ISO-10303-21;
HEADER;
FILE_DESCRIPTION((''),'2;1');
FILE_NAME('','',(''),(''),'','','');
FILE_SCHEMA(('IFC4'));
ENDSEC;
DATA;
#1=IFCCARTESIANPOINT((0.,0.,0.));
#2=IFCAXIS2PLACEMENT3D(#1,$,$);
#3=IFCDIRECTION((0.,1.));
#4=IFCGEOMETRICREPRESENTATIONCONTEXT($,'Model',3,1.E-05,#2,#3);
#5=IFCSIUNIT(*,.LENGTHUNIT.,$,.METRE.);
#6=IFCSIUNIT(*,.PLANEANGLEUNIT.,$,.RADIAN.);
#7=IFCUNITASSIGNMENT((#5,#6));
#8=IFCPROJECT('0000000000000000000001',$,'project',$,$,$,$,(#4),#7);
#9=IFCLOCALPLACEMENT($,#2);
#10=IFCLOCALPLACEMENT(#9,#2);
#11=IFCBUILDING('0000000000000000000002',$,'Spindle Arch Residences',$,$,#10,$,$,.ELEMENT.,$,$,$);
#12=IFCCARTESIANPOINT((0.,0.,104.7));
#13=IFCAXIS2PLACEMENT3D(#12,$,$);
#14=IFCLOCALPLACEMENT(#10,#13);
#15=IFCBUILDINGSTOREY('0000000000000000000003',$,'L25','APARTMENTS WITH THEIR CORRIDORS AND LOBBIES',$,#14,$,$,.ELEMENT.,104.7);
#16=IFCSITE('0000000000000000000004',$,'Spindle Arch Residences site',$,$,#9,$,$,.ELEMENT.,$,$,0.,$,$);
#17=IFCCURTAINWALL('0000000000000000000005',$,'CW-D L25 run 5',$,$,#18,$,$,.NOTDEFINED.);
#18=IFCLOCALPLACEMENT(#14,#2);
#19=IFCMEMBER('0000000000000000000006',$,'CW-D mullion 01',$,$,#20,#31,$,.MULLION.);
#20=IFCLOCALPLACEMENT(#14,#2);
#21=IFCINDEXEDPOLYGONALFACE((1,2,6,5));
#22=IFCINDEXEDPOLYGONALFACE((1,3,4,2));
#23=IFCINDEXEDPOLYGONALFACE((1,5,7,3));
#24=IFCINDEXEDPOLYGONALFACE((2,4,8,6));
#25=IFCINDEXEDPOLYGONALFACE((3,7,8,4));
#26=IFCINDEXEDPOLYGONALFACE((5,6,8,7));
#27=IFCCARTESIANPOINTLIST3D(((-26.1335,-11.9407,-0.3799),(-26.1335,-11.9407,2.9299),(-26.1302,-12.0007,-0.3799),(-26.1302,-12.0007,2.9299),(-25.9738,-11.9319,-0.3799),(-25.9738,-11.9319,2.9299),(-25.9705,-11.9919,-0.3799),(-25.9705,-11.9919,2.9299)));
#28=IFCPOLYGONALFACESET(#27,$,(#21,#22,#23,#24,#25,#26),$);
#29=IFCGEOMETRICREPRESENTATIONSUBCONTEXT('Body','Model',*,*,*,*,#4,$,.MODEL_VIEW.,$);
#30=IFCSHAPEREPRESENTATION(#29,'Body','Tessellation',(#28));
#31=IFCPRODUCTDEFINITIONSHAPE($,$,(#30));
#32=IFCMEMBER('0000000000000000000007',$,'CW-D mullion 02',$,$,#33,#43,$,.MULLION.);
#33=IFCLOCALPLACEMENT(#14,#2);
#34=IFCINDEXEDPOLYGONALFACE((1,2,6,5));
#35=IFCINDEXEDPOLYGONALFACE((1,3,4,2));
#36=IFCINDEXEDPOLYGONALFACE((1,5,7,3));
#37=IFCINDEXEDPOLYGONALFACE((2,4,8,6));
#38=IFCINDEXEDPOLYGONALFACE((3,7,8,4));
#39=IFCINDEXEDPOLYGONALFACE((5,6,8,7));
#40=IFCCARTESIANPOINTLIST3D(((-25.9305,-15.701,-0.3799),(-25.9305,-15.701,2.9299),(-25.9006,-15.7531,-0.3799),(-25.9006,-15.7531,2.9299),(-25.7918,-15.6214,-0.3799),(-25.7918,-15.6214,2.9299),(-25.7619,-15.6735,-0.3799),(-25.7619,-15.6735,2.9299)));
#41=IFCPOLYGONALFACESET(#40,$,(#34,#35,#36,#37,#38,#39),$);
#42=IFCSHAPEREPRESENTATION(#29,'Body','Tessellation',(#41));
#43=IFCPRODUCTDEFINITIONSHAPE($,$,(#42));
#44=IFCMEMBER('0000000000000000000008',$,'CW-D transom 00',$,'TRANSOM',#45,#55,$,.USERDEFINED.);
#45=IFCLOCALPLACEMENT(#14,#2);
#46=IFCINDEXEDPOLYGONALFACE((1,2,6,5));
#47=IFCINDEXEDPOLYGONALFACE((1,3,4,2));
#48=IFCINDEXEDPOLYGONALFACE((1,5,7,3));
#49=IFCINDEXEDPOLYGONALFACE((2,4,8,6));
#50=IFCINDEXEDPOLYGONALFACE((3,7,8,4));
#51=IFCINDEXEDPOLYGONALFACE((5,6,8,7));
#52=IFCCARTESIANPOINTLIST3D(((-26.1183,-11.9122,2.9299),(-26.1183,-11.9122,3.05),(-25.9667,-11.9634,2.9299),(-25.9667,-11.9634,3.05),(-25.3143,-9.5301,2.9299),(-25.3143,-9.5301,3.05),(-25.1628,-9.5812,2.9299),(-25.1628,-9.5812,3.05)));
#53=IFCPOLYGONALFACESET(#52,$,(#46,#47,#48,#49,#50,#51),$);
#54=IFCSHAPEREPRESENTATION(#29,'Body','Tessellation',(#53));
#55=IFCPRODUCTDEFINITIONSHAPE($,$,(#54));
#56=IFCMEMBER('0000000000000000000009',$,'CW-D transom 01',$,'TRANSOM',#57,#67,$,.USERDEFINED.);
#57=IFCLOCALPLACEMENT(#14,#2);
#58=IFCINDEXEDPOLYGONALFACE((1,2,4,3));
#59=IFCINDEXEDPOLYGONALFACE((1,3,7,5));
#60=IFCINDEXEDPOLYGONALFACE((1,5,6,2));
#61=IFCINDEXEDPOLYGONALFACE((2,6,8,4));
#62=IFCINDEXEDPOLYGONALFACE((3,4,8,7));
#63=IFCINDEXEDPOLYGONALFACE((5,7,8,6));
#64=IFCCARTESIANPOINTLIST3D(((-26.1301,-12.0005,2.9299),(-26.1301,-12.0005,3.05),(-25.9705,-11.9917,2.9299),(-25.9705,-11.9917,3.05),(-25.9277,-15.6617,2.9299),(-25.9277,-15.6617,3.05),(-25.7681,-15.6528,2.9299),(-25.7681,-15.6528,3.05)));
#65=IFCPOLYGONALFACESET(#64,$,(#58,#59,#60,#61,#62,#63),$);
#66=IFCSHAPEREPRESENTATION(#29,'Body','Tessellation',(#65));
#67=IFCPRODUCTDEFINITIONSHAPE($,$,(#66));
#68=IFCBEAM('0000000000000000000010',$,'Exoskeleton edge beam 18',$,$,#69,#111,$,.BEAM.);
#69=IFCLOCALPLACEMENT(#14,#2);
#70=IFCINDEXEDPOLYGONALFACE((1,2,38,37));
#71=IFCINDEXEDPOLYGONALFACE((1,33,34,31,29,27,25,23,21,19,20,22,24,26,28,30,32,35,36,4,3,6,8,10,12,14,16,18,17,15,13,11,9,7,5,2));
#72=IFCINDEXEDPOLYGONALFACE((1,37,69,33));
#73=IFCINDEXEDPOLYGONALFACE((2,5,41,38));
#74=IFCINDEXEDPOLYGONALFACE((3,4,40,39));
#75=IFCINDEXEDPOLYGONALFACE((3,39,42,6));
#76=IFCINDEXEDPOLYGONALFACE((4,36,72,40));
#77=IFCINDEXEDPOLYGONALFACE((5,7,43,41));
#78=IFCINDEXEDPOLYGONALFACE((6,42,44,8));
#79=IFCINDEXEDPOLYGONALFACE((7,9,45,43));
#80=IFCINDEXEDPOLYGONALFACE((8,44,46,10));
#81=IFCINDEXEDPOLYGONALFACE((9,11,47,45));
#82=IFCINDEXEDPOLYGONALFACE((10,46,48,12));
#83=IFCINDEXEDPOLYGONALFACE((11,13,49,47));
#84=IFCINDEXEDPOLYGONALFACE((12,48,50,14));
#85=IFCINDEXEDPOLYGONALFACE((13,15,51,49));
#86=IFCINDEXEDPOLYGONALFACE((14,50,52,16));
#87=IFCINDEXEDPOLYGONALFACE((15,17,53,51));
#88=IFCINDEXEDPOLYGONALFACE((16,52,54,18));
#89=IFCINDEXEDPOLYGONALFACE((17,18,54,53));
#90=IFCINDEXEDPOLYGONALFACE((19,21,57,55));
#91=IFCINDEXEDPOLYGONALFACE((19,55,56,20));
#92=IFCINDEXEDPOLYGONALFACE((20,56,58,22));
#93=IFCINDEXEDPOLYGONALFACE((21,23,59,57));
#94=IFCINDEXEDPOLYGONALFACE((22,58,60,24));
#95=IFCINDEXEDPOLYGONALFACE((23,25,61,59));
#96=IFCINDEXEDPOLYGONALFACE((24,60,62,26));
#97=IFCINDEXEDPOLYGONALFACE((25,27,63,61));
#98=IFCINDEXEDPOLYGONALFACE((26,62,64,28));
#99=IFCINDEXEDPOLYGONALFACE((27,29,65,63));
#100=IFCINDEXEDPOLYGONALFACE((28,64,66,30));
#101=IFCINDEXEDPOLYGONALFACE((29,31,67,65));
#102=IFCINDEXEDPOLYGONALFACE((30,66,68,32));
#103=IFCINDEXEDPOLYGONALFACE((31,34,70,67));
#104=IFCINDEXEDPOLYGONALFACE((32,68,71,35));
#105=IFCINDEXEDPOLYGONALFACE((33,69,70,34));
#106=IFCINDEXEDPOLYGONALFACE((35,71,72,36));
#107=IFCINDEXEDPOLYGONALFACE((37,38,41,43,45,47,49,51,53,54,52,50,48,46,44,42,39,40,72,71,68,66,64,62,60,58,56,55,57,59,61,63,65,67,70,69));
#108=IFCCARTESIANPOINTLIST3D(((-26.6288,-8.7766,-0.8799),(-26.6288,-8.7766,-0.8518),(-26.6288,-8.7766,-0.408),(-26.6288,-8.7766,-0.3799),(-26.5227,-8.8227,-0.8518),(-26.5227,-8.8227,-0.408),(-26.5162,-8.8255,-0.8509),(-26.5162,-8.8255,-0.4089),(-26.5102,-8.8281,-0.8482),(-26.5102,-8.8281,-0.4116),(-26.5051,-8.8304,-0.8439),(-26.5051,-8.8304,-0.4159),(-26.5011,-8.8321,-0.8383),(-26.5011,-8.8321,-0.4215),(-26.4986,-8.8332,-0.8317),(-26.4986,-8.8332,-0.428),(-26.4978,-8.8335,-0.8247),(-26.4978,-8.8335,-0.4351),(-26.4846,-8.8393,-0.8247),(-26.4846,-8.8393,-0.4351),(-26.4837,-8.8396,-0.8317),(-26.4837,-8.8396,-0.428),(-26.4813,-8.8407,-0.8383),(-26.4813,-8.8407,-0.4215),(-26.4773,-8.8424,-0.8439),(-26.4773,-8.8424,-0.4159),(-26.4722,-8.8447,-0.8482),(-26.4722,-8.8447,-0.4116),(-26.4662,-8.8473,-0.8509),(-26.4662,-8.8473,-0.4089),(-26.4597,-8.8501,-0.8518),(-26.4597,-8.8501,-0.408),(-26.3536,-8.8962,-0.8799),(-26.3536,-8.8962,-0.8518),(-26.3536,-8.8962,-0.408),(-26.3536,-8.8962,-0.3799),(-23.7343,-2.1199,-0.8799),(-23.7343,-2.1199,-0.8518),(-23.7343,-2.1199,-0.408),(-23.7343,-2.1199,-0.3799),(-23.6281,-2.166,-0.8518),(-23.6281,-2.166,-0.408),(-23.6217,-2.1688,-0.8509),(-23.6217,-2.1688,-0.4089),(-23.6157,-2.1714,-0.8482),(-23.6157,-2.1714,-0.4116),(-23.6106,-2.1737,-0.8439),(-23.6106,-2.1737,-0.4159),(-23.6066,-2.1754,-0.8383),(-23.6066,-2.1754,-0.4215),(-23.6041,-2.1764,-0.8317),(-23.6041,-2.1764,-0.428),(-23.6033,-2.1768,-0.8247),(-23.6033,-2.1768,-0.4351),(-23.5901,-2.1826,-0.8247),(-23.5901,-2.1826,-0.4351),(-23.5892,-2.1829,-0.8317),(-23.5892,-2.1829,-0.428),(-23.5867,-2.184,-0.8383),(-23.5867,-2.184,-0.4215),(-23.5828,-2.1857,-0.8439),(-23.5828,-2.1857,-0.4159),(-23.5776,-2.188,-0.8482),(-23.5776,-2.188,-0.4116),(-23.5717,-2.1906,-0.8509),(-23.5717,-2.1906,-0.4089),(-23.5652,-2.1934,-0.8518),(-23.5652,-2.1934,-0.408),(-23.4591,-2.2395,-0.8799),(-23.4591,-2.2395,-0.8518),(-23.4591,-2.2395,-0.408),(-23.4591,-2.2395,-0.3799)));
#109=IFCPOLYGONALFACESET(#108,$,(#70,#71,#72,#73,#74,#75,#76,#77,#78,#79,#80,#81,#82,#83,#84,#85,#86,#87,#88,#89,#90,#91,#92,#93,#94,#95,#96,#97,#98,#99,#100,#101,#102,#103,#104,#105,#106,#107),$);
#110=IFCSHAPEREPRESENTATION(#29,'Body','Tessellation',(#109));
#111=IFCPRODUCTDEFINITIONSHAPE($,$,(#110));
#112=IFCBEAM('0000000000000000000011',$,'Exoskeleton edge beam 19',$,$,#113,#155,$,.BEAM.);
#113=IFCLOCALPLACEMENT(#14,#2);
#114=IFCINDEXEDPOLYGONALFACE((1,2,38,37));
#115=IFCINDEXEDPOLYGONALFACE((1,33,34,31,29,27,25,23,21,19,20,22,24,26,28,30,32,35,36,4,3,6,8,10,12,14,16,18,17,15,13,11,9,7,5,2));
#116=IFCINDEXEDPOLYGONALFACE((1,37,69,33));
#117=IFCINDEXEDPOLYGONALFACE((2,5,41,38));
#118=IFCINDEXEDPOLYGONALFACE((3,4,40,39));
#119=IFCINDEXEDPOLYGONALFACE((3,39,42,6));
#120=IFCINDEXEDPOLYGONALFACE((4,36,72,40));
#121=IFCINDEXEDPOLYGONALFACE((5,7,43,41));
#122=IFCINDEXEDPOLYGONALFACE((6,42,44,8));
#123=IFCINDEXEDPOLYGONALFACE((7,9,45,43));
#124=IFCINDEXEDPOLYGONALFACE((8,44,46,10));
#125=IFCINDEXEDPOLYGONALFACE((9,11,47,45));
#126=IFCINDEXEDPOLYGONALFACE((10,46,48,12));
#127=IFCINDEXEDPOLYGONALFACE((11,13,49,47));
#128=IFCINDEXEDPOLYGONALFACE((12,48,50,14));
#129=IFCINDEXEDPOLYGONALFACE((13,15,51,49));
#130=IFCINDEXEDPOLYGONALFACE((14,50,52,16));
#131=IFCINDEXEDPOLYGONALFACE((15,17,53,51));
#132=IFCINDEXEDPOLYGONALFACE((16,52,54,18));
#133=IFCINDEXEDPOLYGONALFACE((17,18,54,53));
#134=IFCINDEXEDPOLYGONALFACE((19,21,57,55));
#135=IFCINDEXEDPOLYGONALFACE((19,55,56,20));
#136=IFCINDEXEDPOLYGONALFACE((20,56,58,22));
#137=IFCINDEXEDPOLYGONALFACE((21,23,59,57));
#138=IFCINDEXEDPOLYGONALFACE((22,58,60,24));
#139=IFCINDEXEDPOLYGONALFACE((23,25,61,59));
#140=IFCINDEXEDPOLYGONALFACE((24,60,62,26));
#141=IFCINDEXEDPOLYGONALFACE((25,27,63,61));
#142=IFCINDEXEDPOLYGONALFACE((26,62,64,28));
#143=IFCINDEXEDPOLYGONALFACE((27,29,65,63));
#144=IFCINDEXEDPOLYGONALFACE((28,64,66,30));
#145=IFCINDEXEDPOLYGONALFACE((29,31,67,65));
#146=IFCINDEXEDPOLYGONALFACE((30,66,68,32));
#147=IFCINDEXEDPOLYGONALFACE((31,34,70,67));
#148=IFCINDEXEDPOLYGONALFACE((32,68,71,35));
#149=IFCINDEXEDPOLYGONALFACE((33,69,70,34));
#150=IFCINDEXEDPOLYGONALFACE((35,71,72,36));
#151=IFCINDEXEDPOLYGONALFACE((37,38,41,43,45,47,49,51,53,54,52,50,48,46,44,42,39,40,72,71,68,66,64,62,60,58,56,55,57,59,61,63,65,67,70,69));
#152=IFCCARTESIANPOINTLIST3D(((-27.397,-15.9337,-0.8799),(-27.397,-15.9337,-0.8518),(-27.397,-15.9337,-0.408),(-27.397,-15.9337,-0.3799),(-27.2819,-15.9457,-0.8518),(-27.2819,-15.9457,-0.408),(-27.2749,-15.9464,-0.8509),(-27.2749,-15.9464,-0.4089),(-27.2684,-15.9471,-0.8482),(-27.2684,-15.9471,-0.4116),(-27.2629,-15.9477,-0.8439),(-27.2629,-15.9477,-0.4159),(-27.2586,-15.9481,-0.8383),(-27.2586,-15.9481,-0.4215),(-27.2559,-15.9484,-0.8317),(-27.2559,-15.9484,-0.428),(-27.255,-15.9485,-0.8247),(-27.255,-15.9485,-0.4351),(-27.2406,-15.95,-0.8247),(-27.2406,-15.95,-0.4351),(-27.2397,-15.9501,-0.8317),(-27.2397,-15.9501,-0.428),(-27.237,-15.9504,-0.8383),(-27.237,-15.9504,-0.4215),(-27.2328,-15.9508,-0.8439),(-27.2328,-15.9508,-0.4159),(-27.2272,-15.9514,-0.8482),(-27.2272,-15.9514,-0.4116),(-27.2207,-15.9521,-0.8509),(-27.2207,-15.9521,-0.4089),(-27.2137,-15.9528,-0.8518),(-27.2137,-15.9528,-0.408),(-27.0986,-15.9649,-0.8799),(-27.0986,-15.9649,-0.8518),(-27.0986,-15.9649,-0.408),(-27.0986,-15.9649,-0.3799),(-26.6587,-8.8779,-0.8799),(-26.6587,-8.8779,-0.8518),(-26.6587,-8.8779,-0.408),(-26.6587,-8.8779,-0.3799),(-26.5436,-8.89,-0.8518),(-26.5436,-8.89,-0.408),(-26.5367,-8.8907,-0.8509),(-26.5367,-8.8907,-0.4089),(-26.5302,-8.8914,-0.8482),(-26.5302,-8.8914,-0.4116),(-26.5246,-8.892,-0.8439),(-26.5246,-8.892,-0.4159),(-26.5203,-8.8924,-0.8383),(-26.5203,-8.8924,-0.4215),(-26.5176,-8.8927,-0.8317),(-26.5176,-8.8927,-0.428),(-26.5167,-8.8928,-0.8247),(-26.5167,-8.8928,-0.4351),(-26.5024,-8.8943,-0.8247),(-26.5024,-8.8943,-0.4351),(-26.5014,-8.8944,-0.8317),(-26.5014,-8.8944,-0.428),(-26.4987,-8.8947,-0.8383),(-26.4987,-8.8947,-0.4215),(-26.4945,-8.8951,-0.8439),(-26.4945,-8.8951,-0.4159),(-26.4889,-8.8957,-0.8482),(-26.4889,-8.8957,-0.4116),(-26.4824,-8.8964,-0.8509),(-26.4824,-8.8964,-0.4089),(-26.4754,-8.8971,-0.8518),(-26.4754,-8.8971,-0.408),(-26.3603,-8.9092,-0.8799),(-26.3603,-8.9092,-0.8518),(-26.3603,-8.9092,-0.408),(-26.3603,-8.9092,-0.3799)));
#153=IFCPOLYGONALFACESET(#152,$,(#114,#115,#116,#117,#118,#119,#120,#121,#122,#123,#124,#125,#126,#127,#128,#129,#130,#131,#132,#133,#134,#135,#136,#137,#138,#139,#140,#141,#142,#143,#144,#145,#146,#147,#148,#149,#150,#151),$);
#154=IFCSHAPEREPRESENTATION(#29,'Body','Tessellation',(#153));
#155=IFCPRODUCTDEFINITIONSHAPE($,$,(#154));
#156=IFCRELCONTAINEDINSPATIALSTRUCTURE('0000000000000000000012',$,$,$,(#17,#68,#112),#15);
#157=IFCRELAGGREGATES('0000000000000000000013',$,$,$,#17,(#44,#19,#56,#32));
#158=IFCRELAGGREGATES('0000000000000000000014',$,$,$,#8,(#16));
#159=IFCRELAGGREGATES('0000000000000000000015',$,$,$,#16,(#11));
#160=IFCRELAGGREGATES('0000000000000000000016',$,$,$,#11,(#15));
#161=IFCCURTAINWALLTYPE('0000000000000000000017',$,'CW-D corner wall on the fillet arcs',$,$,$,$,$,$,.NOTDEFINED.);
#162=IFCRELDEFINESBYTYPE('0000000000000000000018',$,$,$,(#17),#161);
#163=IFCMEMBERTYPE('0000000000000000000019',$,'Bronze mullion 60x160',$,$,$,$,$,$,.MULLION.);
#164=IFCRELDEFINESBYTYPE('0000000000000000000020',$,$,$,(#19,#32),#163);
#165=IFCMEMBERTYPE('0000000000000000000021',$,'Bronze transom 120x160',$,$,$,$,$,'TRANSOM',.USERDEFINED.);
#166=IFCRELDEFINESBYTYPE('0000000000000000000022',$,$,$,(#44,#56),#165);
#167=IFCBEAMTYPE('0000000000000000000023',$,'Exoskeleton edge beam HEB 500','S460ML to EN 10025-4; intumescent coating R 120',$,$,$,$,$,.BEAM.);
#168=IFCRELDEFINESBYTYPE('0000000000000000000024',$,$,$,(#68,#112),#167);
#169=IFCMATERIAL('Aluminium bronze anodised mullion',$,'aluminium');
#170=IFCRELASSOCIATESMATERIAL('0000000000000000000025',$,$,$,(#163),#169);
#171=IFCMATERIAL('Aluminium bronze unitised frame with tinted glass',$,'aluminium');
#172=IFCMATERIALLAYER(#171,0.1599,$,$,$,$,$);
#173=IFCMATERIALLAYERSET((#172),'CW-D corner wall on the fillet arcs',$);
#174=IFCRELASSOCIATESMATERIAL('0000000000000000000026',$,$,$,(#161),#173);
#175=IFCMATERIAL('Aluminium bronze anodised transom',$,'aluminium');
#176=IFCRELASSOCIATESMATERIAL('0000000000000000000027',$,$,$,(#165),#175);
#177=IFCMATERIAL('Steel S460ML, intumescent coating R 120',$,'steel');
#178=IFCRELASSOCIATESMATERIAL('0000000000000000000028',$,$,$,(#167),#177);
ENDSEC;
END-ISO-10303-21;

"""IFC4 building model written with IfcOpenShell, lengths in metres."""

from ifc_helpers import new_model, si_unit, direction, frame, origin, origin_2d, place, context, subcontext, project, spatial, rectangle, i_section, extrude, material, layer, layer_set, material_profile, profile_set, type_object, element, aggregate, save


model = new_model("IFC4")

# Units and contexts
model_context = context("Model", 3, precision=1e-05, world=origin(), true_north=direction((0.0, 1.0)))
body_context = subcontext(model_context, "Body", "Model", "MODEL_VIEW")
ifc_project = project(units=[si_unit("LENGTHUNIT", "METRE"), si_unit("PLANEANGLEUNIT", "RADIAN")], contexts=[model_context])

# Site, building, storey
site_placement = place(None, origin())
site = spatial("IfcSite", under=ifc_project, at=site_placement, Name="Spindle Arch Residences site", CompositionType="ELEMENT", RefElevation=0.0)
building_placement = place(site_placement, origin())
building = spatial("IfcBuilding", under=site, at=building_placement, Name="Spindle Arch Residences", CompositionType="ELEMENT")
storey_placement = place(building_placement, frame((0.0, 0.0, 104.7)))
storey = spatial("IfcBuildingStorey", under=building, at=storey_placement, Name="L25", Description="APARTMENTS WITH THEIR CORRIDORS AND LOBBIES", CompositionType="ELEMENT", Elevation=104.7)

# Shared definitions
ifc_material_1 = material(Name="Aluminium bronze anodised mullion", Category="aluminium")
ifc_material_profile_1 = material_profile(ifc_material_1, rectangle(XDim=0.1599, YDim=0.0601, at=origin_2d()), Name="MU 60x160")
ifc_profile_set_1 = profile_set([ifc_material_profile_1], Name="Aluminium bronze anodised mullion")
member_type_1 = type_object("IfcMemberType", Name="Bronze mullion 60x160", PredefinedType="MULLION", material=ifc_profile_set_1)

# Curtain wall, members
ifc_material_2 = material(Name="Aluminium bronze unitised frame with tinted glass", Category="aluminium")
ifc_layer_1 = layer(ifc_material_2, 0.1599)
ifc_layer_set_1 = layer_set([ifc_layer_1], Name="CW-D corner wall on the fillet arcs")
curtain_wall_type_1 = type_object("IfcCurtainWallType", Name="CW-D corner wall on the fillet arcs", PredefinedType="NOTDEFINED", material=ifc_layer_set_1)
curtain_wall_1_placement = place(storey_placement, origin())
curtain_wall_1 = element("IfcCurtainWall", 1, at=curtain_wall_1_placement, inside=storey, type_object=curtain_wall_type_1, Name="CW-D L25 run 5", PredefinedType="NOTDEFINED")
member_1_placement = place(storey_placement, frame((-26.052, -11.9663, -0.3799), z_axis=(0.0, 0.0, 1.0), x_axis=(0.998473, 0.055241, 0.0)))
member_1 = element("IfcMember", 2, at=member_1_placement, type_object=member_type_1, Name="CW-D mullion 01", PredefinedType="MULLION", context=body_context, shape_type="SweptSolid", body=[
    extrude(rectangle(XDim=0.1599, YDim=0.0601, at=origin_2d()), origin(), (0.0, 0.0, 1.0), 3.3098),
])
member_2_placement = place(storey_placement, frame((-25.8462, -15.6873, -0.3799), z_axis=(0.0, 0.0, 1.0), x_axis=(0.867476, 0.497479, 0.0)))
member_2 = element("IfcMember", 3, at=member_2_placement, type_object=member_type_1, Name="CW-D mullion 02", PredefinedType="MULLION", context=body_context, shape_type="SweptSolid", body=[
    extrude(rectangle(XDim=0.1599, YDim=0.0601, at=origin_2d()), origin(), (0.0, 0.0, 1.0), 3.3098),
])
ifc_material_3 = material(Name="Aluminium bronze anodised transom", Category="aluminium")
ifc_material_profile_2 = material_profile(ifc_material_3, rectangle(XDim=0.1599, YDim=0.1201, at=origin_2d()), Name="TR 120x160")
ifc_profile_set_2 = profile_set([ifc_material_profile_2], Name="Aluminium bronze anodised transom")
member_type_2 = type_object("IfcMemberType", Name="Bronze transom 120x160", ElementType="TRANSOM", PredefinedType="USERDEFINED", material=ifc_profile_set_2)
member_3_placement = place(storey_placement, frame((-25.2385, -9.5557, 2.99), z_axis=(-0.31978, -0.947492, 0.0), x_axis=(0.947492, -0.31978, 0.0)))
member_3 = element("IfcMember", 4, at=member_3_placement, type_object=member_type_2, Name="CW-D transom 00", ObjectType="TRANSOM", PredefinedType="USERDEFINED", context=body_context, shape_type="SweptSolid", body=[
    extrude(rectangle(XDim=0.1599, YDim=0.1201, at=origin_2d()), origin(), (0.0, 0.0, 1.0), 2.5142),
])
member_4_placement = place(storey_placement, frame((-26.0503, -11.9961, 2.99), z_axis=(0.055197, -0.998475, 0.0), x_axis=(0.998475, 0.055197, 0.0)))
member_4 = element("IfcMember", 5, at=member_4_placement, type_object=member_type_2, Name="CW-D transom 01", ObjectType="TRANSOM", PredefinedType="USERDEFINED", context=body_context, shape_type="SweptSolid", body=[
    extrude(rectangle(XDim=0.1599, YDim=0.1201, at=origin_2d()), origin(), (0.0, 0.0, 1.0), 3.6667),
])

# Beams
ifc_material_4 = material(Name="Steel S460ML, intumescent coating R 120", Category="steel")
ifc_material_profile_3 = material_profile(ifc_material_4, i_section(OverallWidth=0.3, OverallDepth=0.5, WebThickness=0.0144, FlangeThickness=0.0281, FilletRadius=0.0271, at=origin_2d()), Name="HEB 500")
ifc_profile_set_3 = profile_set([ifc_material_profile_3], Name="Steel S460ML, intumescent coating R 120")
beam_type_1 = type_object("IfcBeamType", Name="Exoskeleton edge beam HEB 500", Description="S460ML to EN 10025-4; intumescent coating R 120", PredefinedType="BEAM", material=ifc_profile_set_3)
beam_1_placement = place(storey_placement, frame((-23.5967, -2.1797, -0.6299), z_axis=(-0.398761, -0.917055, 0.0), x_axis=(0.917055, -0.398761, 0.0)))
element("IfcBeam", 6, at=beam_1_placement, inside=storey, type_object=beam_type_1, Name="Exoskeleton edge beam 18", PredefinedType="BEAM", context=body_context, shape_type="SweptSolid", body=[
    extrude(i_section(OverallWidth=0.3, OverallDepth=0.5, WebThickness=0.0144, FlangeThickness=0.0281, FilletRadius=0.0271, at=origin_2d()), origin(), (0.0, 0.0, 1.0), 7.2588),
])
beam_2_placement = place(storey_placement, frame((-26.5095, -8.8936, -0.6299), z_axis=(-0.104069, -0.99457, 0.0), x_axis=(0.99457, -0.104069, 0.0)))
element("IfcBeam", 7, at=beam_2_placement, inside=storey, type_object=beam_type_1, Name="Exoskeleton edge beam 19", PredefinedType="BEAM", context=body_context, shape_type="SweptSolid", body=[
    extrude(i_section(OverallWidth=0.3, OverallDepth=0.5, WebThickness=0.0144, FlangeThickness=0.0281, FilletRadius=0.0271, at=origin_2d()), origin(), (0.0, 0.0, 1.0), 7.0942),
])

aggregate(curtain_wall_1, [member_3, member_1, member_4, member_2])

save(model, "model.ifc")
